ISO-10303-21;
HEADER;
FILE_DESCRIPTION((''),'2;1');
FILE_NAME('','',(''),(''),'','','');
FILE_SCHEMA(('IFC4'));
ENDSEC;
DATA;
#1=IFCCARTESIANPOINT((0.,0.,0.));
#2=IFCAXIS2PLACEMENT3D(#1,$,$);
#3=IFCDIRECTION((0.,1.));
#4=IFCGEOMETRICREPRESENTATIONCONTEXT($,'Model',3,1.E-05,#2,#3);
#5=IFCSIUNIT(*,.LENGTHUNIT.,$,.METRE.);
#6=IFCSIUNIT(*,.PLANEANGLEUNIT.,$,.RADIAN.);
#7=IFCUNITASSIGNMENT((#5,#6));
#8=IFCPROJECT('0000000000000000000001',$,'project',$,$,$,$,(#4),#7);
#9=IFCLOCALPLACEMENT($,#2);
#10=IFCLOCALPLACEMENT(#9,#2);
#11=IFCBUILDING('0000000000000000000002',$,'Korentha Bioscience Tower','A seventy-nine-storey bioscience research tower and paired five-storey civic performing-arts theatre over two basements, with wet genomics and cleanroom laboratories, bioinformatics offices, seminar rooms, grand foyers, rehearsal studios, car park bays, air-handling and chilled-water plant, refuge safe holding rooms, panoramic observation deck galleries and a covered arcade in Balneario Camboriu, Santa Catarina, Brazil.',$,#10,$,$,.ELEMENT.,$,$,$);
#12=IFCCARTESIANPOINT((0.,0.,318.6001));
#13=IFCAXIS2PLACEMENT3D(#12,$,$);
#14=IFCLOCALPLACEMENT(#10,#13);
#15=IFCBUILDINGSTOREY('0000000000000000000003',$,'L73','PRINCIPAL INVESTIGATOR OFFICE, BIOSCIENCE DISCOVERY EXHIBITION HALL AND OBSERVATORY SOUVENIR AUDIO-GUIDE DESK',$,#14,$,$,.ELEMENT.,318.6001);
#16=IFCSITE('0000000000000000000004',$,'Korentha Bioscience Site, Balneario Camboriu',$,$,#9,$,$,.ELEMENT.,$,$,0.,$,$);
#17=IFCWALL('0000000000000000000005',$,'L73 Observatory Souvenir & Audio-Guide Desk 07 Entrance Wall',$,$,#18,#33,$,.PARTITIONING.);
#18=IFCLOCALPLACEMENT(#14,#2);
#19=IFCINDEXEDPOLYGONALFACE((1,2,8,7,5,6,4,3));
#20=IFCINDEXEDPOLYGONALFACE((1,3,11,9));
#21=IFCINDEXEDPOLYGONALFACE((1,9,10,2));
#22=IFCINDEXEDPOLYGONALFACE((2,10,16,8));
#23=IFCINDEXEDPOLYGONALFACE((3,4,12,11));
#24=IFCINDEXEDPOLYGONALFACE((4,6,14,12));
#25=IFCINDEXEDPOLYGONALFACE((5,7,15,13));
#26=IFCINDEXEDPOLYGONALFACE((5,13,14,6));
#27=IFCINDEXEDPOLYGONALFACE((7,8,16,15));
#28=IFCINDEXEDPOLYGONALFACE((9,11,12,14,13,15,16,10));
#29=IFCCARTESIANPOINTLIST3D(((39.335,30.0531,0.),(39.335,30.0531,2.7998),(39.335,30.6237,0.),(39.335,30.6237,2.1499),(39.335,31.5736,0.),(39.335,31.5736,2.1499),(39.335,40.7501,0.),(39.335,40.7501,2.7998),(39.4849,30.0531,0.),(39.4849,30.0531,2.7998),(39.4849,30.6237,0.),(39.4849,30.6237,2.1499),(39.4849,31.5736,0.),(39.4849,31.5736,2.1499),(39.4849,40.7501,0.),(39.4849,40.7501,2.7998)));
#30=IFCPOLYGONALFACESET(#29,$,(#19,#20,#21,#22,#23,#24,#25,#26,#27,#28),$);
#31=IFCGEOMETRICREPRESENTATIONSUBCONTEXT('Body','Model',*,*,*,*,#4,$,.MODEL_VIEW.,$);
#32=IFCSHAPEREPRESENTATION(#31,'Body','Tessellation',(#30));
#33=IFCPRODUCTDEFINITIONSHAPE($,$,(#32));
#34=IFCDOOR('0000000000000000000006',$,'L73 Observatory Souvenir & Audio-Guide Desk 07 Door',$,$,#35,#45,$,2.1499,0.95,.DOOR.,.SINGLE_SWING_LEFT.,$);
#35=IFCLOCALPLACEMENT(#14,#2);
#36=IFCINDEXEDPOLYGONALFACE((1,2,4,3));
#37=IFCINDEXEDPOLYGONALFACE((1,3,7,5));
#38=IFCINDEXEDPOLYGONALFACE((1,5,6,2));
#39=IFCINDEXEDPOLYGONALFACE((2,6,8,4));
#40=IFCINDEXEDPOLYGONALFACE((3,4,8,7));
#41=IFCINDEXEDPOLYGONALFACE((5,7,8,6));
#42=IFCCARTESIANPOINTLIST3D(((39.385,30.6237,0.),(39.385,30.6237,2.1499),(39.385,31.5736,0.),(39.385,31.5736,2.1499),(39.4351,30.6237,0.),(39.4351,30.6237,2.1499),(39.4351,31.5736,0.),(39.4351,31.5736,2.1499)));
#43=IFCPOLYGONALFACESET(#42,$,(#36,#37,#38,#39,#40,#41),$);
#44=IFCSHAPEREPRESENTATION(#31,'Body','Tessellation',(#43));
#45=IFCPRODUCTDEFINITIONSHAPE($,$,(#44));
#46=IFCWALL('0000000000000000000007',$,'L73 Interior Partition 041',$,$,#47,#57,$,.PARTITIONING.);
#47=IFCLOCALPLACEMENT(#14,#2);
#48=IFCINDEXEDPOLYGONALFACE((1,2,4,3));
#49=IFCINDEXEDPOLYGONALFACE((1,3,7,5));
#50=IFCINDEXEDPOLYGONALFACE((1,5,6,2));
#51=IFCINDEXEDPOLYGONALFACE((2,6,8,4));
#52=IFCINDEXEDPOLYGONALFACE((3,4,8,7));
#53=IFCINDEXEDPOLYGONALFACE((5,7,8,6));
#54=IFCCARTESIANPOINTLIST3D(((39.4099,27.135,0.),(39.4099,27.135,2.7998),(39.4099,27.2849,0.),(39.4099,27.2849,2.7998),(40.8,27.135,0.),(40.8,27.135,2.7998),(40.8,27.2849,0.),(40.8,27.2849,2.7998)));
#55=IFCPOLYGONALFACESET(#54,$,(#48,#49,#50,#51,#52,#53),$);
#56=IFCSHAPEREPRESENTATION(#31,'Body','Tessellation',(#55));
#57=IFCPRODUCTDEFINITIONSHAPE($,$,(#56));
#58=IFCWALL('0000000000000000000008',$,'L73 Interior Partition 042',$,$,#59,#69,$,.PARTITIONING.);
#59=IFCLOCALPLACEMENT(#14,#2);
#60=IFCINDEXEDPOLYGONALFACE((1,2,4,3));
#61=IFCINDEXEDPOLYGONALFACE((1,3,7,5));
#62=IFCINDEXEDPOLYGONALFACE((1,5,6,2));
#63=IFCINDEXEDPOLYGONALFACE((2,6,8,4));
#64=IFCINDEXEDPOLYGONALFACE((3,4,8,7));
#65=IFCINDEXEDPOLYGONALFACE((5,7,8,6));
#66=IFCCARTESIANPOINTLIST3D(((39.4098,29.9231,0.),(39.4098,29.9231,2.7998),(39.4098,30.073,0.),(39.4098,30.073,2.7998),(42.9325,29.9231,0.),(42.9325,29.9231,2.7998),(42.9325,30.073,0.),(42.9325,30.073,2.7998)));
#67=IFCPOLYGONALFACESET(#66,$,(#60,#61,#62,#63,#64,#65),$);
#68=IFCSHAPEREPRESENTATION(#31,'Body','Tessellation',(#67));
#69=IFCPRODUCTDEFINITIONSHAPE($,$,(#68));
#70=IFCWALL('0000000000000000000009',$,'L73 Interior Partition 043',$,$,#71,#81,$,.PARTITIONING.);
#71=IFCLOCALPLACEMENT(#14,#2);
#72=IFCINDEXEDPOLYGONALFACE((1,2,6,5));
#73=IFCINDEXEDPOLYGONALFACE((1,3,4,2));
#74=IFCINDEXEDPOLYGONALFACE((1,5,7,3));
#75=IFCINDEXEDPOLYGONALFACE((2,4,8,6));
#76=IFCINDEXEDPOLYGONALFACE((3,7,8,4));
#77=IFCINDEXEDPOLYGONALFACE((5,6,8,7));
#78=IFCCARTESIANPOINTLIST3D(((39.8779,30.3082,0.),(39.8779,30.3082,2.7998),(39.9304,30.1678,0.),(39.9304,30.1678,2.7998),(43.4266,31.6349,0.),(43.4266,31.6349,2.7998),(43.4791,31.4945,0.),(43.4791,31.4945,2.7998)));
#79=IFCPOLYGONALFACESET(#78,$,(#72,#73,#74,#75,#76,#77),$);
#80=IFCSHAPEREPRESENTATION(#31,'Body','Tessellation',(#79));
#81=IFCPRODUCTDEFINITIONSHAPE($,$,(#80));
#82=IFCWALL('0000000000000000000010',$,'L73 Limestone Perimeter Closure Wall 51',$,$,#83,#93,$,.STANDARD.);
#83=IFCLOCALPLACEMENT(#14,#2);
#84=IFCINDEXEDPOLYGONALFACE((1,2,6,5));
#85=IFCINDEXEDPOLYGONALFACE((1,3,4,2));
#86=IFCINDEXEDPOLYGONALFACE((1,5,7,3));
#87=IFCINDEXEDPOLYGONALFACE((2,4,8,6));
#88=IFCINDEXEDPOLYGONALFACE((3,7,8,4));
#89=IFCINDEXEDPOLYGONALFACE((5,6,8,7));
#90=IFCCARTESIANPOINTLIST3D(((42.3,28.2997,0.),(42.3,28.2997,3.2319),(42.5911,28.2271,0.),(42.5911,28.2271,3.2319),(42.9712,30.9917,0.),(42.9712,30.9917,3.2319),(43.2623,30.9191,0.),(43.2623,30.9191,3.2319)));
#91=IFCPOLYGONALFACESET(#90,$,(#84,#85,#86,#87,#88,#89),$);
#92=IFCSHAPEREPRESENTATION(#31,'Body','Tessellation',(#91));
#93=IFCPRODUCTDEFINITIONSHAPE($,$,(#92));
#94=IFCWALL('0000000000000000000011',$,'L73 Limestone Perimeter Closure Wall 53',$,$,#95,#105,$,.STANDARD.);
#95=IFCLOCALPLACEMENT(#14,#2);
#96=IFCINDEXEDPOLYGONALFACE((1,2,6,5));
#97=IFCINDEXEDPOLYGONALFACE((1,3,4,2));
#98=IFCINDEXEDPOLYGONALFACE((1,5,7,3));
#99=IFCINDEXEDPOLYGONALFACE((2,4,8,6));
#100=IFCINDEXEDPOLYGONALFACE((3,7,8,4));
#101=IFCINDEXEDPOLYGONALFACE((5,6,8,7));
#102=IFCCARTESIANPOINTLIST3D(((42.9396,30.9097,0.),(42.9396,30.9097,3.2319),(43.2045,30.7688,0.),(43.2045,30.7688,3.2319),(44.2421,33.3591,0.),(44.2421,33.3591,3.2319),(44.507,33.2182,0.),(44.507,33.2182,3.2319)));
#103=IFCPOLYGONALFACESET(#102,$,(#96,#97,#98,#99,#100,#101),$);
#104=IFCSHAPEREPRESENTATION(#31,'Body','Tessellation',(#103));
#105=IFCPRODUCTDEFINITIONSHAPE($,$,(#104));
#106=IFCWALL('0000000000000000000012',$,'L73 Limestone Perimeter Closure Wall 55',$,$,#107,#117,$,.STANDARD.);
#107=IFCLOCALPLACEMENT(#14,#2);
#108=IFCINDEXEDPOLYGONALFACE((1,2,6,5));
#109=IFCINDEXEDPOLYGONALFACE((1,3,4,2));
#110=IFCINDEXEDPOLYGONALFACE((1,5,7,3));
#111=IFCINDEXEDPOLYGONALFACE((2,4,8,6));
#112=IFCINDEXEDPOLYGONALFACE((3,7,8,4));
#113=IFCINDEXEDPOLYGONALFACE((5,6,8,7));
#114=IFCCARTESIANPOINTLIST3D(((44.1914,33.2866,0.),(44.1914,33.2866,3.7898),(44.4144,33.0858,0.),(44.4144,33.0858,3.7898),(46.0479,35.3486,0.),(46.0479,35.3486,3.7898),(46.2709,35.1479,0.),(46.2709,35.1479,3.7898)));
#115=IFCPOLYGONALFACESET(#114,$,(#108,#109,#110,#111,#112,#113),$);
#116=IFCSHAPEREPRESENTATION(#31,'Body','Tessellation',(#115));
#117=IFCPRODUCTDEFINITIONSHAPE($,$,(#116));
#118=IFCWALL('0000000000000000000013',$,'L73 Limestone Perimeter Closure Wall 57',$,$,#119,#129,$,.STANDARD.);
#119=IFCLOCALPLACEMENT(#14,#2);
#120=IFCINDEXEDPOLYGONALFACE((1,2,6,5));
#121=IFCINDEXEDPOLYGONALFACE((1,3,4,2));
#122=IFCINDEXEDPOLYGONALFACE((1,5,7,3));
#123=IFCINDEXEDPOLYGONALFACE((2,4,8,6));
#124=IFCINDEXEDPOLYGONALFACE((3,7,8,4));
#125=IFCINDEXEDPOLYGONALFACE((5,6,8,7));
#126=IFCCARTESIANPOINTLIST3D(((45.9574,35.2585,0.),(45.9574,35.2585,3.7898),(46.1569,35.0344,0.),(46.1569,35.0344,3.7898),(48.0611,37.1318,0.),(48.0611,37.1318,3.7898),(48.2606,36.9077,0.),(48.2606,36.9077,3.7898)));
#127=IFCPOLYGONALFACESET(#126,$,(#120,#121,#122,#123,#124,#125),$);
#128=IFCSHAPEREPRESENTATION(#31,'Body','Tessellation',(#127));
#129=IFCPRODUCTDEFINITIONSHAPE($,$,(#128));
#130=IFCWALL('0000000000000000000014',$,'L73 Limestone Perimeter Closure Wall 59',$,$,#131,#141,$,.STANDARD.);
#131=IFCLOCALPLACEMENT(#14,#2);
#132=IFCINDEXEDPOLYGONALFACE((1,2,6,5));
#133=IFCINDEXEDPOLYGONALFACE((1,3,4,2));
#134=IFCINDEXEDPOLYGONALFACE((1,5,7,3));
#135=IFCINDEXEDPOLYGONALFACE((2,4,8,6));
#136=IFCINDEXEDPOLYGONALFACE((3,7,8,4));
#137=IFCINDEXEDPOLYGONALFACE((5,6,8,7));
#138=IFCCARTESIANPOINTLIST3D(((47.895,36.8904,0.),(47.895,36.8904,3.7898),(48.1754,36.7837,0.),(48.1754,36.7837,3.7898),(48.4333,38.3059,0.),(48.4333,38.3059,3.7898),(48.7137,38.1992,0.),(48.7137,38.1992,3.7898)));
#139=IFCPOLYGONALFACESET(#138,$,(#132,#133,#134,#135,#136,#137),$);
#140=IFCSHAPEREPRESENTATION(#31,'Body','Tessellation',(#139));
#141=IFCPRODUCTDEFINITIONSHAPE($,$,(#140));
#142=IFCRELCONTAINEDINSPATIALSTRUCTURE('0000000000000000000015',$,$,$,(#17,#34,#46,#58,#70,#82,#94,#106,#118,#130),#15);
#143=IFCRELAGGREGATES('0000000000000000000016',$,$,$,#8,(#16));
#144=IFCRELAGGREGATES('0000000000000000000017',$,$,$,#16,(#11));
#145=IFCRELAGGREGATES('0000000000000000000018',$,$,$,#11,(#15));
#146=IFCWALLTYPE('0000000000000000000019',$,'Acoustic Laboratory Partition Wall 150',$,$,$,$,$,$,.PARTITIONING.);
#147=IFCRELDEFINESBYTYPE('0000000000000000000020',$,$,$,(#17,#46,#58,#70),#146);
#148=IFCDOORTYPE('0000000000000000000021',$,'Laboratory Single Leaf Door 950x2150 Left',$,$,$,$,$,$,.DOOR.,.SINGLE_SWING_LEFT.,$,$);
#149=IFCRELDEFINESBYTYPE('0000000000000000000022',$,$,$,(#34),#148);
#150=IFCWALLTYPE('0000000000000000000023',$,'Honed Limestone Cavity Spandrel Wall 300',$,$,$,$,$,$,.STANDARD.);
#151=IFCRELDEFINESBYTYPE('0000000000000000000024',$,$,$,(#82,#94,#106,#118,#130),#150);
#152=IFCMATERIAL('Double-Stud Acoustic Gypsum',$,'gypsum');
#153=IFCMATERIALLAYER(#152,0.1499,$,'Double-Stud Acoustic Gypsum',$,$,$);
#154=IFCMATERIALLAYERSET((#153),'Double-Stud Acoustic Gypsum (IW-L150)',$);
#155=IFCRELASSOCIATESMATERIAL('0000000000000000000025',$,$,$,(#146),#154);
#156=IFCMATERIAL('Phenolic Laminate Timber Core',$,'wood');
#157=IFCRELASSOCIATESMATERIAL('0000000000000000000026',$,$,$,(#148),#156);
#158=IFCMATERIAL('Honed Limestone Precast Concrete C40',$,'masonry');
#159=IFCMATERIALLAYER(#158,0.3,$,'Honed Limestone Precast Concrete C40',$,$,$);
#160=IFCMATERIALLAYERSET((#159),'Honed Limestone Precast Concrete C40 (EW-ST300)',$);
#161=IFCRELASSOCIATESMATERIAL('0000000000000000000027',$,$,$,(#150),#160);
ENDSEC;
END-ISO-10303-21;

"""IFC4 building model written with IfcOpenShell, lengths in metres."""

from ifc_helpers import new_model, si_unit, direction, frame, frame_2d, origin, place, context, subcontext, project, spatial, rectangle, extrude, material, layer, layer_set, type_object, element, fill, save


model = new_model("IFC4")

# Units and contexts
model_context = context("Model", 3, precision=1e-05, world=origin(), true_north=direction((0.0, 1.0)))
body_context = subcontext(model_context, "Body", "Model", "MODEL_VIEW")
ifc_project = project(units=[si_unit("LENGTHUNIT", "METRE"), si_unit("PLANEANGLEUNIT", "RADIAN")], contexts=[model_context])

# Site, building, storey
site_placement = place(None, origin())
site = spatial("IfcSite", under=ifc_project, at=site_placement, Name="Korentha Bioscience Site, Balneario Camboriu", CompositionType="ELEMENT", RefElevation=0.0)
building_placement = place(site_placement, origin())
building = spatial("IfcBuilding", under=site, at=building_placement, Name="Korentha Bioscience Tower", Description="A seventy-nine-storey bioscience research tower and paired five-storey civic performing-arts theatre over two basements, with wet genomics and cleanroom laboratories, bioinformatics offices, seminar rooms, grand foyers, rehearsal studios, car park bays, air-handling and chilled-water plant, refuge safe holding rooms, panoramic observation deck galleries and a covered arcade in Balneario Camboriu, Santa Catarina, Brazil.", CompositionType="ELEMENT")
storey_placement = place(building_placement, frame((0.0, 0.0, 318.6001)))
storey = spatial("IfcBuildingStorey", under=building, at=storey_placement, Name="L73", Description="PRINCIPAL INVESTIGATOR OFFICE, BIOSCIENCE DISCOVERY EXHIBITION HALL AND OBSERVATORY SOUVENIR AUDIO-GUIDE DESK", CompositionType="ELEMENT", Elevation=318.6001)

# Wall, opening, door
ifc_material_1 = material(Name="Double-Stud Acoustic Gypsum", Category="gypsum")
ifc_layer_1 = layer(ifc_material_1, 0.1499, Name="Double-Stud Acoustic Gypsum")
ifc_layer_set_1 = layer_set([ifc_layer_1], Name="Double-Stud Acoustic Gypsum (IW-L150)")
wall_type_1 = type_object("IfcWallType", Name="Acoustic Laboratory Partition Wall 150", PredefinedType="PARTITIONING", material=ifc_layer_set_1)
ifc_material_2 = material(Name="Phenolic Laminate Timber Core", Category="wood")
wall_1_placement = place(storey_placement, frame((39.4099, 30.053, 0.0), z_axis=(0.0, 0.0, 1.0), x_axis=(0.0, 1.0, 0.0)))
wall_1 = element("IfcWall", 1, at=wall_1_placement, inside=storey, type_object=wall_type_1, Name="L73 Observatory Souvenir & Audio-Guide Desk 07 Entrance Wall", PredefinedType="PARTITIONING", context=body_context, shape_type="SweptSolid", body=[
    extrude(rectangle(XDim=10.697, YDim=0.1499, at=frame_2d((5.3486, 0.0))), origin(), (0.0, 0.0, 1.0), 2.7998),
])
opening_1_placement = place(wall_1_placement, frame((0.5706, 0.0, 0.0)))
opening_1 = element("IfcOpeningElement", 2, at=opening_1_placement, cuts=wall_1, PredefinedType="OPENING", context=body_context, shape_type="SweptSolid", body=[
    extrude(rectangle(XDim=0.95, YDim=2.1499, at=frame_2d((0.4751, 1.075))), frame((0.0, 0.0898, 0.0), z_axis=(0.0, -1.0, 0.0), x_axis=(1.0, 0.0, 0.0)), (0.0, 0.0, 1.0), 0.1797),
])
door_type_1 = type_object("IfcDoorType", Name="Laboratory Single Leaf Door 950x2150 Left", OperationType="SINGLE_SWING_LEFT", PredefinedType="DOOR", material=ifc_material_2)
door_1_placement = place(opening_1_placement, origin())
door_1 = element("IfcDoor", 3, at=door_1_placement, inside=storey, type_object=door_type_1, Name="L73 Observatory Souvenir & Audio-Guide Desk 07 Door", OperationType="SINGLE_SWING_LEFT", OverallHeight=2.1499, OverallWidth=0.95, PredefinedType="DOOR", context=body_context, shape_type="SweptSolid", body=[
    extrude(rectangle(XDim=0.95, YDim=2.1499, at=frame_2d((0.4751, 1.075))), frame((0.0, 0.0249, 0.0), z_axis=(0.0, -1.0, 0.0), x_axis=(1.0, 0.0, 0.0)), (0.0, 0.0, 1.0), 0.05),
])
fill(opening_1, door_1)

# Walls
wall_2_placement = place(storey_placement, frame((40.8, 27.21, 0.0), z_axis=(0.0, 0.0, 1.0), x_axis=(-1.0, 0.0, 0.0)))
element("IfcWall", 4, at=wall_2_placement, inside=storey, type_object=wall_type_1, Name="L73 Interior Partition 041", PredefinedType="PARTITIONING", context=body_context, shape_type="SweptSolid", body=[
    extrude(rectangle(XDim=1.3901, YDim=0.1499, at=frame_2d((0.6951, 0.0))), origin(), (0.0, 0.0, 1.0), 2.7998),
])
wall_3_placement = place(storey_placement, frame((39.4099, 29.998, 0.0), z_axis=(0.0, 0.0, 1.0), x_axis=(1.0, 0.0, 0.0)))
element("IfcWall", 5, at=wall_3_placement, inside=storey, type_object=wall_type_1, Name="L73 Interior Partition 042", PredefinedType="PARTITIONING", context=body_context, shape_type="SweptSolid", body=[
    extrude(rectangle(XDim=3.5227, YDim=0.1499, at=frame_2d((1.7612, 0.0))), origin(), (0.0, 0.0, 1.0), 2.7998),
])
wall_4_placement = place(storey_placement, frame((43.4529, 31.5647, 0.0), z_axis=(0.0, 0.0, 1.0), x_axis=(-0.936681, -0.350184, 0.0)))
element("IfcWall", 6, at=wall_4_placement, inside=storey, type_object=wall_type_1, Name="L73 Interior Partition 043", PredefinedType="PARTITIONING", context=body_context, shape_type="SweptSolid", body=[
    extrude(rectangle(XDim=3.7886, YDim=0.1499, at=frame_2d((1.8943, 0.0))), origin(), (0.0, 0.0, 1.0), 2.7998),
])
ifc_material_3 = material(Name="Honed Limestone Precast Concrete C40", Category="masonry")
ifc_layer_2 = layer(ifc_material_3, 0.3, Name="Honed Limestone Precast Concrete C40")
ifc_layer_set_2 = layer_set([ifc_layer_2], Name="Honed Limestone Precast Concrete C40 (EW-ST300)")
wall_type_2 = type_object("IfcWallType", Name="Honed Limestone Cavity Spandrel Wall 300", PredefinedType="STANDARD", material=ifc_layer_set_2)
wall_5_placement = place(storey_placement, frame((42.4456, 28.2634, 0.0), z_axis=(0.0, 0.0, 1.0), x_axis=(0.241914, 0.970298, 0.0)))
element("IfcWall", 7, at=wall_5_placement, inside=storey, type_object=wall_type_2, Name="L73 Limestone Perimeter Closure Wall 51", PredefinedType="STANDARD", context=body_context, shape_type="SweptSolid", body=[
    extrude(rectangle(XDim=2.7744, YDim=0.3, at=frame_2d((1.3872, 0.0))), origin(), (0.0, 0.0, 1.0), 3.2319),
])
wall_6_placement = place(storey_placement, frame((43.072, 30.8391, 0.0), z_axis=(0.0, 0.0, 1.0), x_axis=(0.469496, 0.882934, 0.0)))
element("IfcWall", 8, at=wall_6_placement, inside=storey, type_object=wall_type_2, Name="L73 Limestone Perimeter Closure Wall 53", PredefinedType="STANDARD", context=body_context, shape_type="SweptSolid", body=[
    extrude(rectangle(XDim=2.7742, YDim=0.3, at=frame_2d((1.3872, 0.0))), origin(), (0.0, 0.0, 1.0), 3.2319),
])
wall_7_placement = place(storey_placement, frame((44.303, 33.1863, 0.0), z_axis=(0.0, 0.0, 1.0), x_axis=(0.669091, 0.74318, 0.0)))
element("IfcWall", 9, at=wall_7_placement, inside=storey, type_object=wall_type_2, Name="L73 Limestone Perimeter Closure Wall 55", PredefinedType="STANDARD", context=body_context, shape_type="SweptSolid", body=[
    extrude(rectangle(XDim=2.7747, YDim=0.3, at=frame_2d((1.3872, 0.0))), origin(), (0.0, 0.0, 1.0), 3.7898),
])
wall_8_placement = place(storey_placement, frame((46.0571, 35.1465, 0.0), z_axis=(0.0, 0.0, 1.0), x_axis=(0.74683, 0.665015, 0.0)))
element("IfcWall", 10, at=wall_8_placement, inside=storey, type_object=wall_type_2, Name="L73 Limestone Perimeter Closure Wall 57", PredefinedType="STANDARD", context=body_context, shape_type="SweptSolid", body=[
    extrude(rectangle(XDim=2.8169, YDim=0.3, at=frame_2d((1.4084, 0.0))), origin(), (0.0, 0.0, 1.0), 3.7898),
])
wall_9_placement = place(storey_placement, frame((48.0352, 36.8369, 0.0), z_axis=(0.0, 0.0, 1.0), x_axis=(0.355466, 0.934689, 0.0)))
element("IfcWall", 11, at=wall_9_placement, inside=storey, type_object=wall_type_2, Name="L73 Limestone Perimeter Closure Wall 59", PredefinedType="STANDARD", context=body_context, shape_type="SweptSolid", body=[
    extrude(rectangle(XDim=1.5144, YDim=0.3, at=frame_2d((0.7573, 0.0))), origin(), (0.0, 0.0, 1.0), 3.7898),
])

save(model, "model.ifc")
